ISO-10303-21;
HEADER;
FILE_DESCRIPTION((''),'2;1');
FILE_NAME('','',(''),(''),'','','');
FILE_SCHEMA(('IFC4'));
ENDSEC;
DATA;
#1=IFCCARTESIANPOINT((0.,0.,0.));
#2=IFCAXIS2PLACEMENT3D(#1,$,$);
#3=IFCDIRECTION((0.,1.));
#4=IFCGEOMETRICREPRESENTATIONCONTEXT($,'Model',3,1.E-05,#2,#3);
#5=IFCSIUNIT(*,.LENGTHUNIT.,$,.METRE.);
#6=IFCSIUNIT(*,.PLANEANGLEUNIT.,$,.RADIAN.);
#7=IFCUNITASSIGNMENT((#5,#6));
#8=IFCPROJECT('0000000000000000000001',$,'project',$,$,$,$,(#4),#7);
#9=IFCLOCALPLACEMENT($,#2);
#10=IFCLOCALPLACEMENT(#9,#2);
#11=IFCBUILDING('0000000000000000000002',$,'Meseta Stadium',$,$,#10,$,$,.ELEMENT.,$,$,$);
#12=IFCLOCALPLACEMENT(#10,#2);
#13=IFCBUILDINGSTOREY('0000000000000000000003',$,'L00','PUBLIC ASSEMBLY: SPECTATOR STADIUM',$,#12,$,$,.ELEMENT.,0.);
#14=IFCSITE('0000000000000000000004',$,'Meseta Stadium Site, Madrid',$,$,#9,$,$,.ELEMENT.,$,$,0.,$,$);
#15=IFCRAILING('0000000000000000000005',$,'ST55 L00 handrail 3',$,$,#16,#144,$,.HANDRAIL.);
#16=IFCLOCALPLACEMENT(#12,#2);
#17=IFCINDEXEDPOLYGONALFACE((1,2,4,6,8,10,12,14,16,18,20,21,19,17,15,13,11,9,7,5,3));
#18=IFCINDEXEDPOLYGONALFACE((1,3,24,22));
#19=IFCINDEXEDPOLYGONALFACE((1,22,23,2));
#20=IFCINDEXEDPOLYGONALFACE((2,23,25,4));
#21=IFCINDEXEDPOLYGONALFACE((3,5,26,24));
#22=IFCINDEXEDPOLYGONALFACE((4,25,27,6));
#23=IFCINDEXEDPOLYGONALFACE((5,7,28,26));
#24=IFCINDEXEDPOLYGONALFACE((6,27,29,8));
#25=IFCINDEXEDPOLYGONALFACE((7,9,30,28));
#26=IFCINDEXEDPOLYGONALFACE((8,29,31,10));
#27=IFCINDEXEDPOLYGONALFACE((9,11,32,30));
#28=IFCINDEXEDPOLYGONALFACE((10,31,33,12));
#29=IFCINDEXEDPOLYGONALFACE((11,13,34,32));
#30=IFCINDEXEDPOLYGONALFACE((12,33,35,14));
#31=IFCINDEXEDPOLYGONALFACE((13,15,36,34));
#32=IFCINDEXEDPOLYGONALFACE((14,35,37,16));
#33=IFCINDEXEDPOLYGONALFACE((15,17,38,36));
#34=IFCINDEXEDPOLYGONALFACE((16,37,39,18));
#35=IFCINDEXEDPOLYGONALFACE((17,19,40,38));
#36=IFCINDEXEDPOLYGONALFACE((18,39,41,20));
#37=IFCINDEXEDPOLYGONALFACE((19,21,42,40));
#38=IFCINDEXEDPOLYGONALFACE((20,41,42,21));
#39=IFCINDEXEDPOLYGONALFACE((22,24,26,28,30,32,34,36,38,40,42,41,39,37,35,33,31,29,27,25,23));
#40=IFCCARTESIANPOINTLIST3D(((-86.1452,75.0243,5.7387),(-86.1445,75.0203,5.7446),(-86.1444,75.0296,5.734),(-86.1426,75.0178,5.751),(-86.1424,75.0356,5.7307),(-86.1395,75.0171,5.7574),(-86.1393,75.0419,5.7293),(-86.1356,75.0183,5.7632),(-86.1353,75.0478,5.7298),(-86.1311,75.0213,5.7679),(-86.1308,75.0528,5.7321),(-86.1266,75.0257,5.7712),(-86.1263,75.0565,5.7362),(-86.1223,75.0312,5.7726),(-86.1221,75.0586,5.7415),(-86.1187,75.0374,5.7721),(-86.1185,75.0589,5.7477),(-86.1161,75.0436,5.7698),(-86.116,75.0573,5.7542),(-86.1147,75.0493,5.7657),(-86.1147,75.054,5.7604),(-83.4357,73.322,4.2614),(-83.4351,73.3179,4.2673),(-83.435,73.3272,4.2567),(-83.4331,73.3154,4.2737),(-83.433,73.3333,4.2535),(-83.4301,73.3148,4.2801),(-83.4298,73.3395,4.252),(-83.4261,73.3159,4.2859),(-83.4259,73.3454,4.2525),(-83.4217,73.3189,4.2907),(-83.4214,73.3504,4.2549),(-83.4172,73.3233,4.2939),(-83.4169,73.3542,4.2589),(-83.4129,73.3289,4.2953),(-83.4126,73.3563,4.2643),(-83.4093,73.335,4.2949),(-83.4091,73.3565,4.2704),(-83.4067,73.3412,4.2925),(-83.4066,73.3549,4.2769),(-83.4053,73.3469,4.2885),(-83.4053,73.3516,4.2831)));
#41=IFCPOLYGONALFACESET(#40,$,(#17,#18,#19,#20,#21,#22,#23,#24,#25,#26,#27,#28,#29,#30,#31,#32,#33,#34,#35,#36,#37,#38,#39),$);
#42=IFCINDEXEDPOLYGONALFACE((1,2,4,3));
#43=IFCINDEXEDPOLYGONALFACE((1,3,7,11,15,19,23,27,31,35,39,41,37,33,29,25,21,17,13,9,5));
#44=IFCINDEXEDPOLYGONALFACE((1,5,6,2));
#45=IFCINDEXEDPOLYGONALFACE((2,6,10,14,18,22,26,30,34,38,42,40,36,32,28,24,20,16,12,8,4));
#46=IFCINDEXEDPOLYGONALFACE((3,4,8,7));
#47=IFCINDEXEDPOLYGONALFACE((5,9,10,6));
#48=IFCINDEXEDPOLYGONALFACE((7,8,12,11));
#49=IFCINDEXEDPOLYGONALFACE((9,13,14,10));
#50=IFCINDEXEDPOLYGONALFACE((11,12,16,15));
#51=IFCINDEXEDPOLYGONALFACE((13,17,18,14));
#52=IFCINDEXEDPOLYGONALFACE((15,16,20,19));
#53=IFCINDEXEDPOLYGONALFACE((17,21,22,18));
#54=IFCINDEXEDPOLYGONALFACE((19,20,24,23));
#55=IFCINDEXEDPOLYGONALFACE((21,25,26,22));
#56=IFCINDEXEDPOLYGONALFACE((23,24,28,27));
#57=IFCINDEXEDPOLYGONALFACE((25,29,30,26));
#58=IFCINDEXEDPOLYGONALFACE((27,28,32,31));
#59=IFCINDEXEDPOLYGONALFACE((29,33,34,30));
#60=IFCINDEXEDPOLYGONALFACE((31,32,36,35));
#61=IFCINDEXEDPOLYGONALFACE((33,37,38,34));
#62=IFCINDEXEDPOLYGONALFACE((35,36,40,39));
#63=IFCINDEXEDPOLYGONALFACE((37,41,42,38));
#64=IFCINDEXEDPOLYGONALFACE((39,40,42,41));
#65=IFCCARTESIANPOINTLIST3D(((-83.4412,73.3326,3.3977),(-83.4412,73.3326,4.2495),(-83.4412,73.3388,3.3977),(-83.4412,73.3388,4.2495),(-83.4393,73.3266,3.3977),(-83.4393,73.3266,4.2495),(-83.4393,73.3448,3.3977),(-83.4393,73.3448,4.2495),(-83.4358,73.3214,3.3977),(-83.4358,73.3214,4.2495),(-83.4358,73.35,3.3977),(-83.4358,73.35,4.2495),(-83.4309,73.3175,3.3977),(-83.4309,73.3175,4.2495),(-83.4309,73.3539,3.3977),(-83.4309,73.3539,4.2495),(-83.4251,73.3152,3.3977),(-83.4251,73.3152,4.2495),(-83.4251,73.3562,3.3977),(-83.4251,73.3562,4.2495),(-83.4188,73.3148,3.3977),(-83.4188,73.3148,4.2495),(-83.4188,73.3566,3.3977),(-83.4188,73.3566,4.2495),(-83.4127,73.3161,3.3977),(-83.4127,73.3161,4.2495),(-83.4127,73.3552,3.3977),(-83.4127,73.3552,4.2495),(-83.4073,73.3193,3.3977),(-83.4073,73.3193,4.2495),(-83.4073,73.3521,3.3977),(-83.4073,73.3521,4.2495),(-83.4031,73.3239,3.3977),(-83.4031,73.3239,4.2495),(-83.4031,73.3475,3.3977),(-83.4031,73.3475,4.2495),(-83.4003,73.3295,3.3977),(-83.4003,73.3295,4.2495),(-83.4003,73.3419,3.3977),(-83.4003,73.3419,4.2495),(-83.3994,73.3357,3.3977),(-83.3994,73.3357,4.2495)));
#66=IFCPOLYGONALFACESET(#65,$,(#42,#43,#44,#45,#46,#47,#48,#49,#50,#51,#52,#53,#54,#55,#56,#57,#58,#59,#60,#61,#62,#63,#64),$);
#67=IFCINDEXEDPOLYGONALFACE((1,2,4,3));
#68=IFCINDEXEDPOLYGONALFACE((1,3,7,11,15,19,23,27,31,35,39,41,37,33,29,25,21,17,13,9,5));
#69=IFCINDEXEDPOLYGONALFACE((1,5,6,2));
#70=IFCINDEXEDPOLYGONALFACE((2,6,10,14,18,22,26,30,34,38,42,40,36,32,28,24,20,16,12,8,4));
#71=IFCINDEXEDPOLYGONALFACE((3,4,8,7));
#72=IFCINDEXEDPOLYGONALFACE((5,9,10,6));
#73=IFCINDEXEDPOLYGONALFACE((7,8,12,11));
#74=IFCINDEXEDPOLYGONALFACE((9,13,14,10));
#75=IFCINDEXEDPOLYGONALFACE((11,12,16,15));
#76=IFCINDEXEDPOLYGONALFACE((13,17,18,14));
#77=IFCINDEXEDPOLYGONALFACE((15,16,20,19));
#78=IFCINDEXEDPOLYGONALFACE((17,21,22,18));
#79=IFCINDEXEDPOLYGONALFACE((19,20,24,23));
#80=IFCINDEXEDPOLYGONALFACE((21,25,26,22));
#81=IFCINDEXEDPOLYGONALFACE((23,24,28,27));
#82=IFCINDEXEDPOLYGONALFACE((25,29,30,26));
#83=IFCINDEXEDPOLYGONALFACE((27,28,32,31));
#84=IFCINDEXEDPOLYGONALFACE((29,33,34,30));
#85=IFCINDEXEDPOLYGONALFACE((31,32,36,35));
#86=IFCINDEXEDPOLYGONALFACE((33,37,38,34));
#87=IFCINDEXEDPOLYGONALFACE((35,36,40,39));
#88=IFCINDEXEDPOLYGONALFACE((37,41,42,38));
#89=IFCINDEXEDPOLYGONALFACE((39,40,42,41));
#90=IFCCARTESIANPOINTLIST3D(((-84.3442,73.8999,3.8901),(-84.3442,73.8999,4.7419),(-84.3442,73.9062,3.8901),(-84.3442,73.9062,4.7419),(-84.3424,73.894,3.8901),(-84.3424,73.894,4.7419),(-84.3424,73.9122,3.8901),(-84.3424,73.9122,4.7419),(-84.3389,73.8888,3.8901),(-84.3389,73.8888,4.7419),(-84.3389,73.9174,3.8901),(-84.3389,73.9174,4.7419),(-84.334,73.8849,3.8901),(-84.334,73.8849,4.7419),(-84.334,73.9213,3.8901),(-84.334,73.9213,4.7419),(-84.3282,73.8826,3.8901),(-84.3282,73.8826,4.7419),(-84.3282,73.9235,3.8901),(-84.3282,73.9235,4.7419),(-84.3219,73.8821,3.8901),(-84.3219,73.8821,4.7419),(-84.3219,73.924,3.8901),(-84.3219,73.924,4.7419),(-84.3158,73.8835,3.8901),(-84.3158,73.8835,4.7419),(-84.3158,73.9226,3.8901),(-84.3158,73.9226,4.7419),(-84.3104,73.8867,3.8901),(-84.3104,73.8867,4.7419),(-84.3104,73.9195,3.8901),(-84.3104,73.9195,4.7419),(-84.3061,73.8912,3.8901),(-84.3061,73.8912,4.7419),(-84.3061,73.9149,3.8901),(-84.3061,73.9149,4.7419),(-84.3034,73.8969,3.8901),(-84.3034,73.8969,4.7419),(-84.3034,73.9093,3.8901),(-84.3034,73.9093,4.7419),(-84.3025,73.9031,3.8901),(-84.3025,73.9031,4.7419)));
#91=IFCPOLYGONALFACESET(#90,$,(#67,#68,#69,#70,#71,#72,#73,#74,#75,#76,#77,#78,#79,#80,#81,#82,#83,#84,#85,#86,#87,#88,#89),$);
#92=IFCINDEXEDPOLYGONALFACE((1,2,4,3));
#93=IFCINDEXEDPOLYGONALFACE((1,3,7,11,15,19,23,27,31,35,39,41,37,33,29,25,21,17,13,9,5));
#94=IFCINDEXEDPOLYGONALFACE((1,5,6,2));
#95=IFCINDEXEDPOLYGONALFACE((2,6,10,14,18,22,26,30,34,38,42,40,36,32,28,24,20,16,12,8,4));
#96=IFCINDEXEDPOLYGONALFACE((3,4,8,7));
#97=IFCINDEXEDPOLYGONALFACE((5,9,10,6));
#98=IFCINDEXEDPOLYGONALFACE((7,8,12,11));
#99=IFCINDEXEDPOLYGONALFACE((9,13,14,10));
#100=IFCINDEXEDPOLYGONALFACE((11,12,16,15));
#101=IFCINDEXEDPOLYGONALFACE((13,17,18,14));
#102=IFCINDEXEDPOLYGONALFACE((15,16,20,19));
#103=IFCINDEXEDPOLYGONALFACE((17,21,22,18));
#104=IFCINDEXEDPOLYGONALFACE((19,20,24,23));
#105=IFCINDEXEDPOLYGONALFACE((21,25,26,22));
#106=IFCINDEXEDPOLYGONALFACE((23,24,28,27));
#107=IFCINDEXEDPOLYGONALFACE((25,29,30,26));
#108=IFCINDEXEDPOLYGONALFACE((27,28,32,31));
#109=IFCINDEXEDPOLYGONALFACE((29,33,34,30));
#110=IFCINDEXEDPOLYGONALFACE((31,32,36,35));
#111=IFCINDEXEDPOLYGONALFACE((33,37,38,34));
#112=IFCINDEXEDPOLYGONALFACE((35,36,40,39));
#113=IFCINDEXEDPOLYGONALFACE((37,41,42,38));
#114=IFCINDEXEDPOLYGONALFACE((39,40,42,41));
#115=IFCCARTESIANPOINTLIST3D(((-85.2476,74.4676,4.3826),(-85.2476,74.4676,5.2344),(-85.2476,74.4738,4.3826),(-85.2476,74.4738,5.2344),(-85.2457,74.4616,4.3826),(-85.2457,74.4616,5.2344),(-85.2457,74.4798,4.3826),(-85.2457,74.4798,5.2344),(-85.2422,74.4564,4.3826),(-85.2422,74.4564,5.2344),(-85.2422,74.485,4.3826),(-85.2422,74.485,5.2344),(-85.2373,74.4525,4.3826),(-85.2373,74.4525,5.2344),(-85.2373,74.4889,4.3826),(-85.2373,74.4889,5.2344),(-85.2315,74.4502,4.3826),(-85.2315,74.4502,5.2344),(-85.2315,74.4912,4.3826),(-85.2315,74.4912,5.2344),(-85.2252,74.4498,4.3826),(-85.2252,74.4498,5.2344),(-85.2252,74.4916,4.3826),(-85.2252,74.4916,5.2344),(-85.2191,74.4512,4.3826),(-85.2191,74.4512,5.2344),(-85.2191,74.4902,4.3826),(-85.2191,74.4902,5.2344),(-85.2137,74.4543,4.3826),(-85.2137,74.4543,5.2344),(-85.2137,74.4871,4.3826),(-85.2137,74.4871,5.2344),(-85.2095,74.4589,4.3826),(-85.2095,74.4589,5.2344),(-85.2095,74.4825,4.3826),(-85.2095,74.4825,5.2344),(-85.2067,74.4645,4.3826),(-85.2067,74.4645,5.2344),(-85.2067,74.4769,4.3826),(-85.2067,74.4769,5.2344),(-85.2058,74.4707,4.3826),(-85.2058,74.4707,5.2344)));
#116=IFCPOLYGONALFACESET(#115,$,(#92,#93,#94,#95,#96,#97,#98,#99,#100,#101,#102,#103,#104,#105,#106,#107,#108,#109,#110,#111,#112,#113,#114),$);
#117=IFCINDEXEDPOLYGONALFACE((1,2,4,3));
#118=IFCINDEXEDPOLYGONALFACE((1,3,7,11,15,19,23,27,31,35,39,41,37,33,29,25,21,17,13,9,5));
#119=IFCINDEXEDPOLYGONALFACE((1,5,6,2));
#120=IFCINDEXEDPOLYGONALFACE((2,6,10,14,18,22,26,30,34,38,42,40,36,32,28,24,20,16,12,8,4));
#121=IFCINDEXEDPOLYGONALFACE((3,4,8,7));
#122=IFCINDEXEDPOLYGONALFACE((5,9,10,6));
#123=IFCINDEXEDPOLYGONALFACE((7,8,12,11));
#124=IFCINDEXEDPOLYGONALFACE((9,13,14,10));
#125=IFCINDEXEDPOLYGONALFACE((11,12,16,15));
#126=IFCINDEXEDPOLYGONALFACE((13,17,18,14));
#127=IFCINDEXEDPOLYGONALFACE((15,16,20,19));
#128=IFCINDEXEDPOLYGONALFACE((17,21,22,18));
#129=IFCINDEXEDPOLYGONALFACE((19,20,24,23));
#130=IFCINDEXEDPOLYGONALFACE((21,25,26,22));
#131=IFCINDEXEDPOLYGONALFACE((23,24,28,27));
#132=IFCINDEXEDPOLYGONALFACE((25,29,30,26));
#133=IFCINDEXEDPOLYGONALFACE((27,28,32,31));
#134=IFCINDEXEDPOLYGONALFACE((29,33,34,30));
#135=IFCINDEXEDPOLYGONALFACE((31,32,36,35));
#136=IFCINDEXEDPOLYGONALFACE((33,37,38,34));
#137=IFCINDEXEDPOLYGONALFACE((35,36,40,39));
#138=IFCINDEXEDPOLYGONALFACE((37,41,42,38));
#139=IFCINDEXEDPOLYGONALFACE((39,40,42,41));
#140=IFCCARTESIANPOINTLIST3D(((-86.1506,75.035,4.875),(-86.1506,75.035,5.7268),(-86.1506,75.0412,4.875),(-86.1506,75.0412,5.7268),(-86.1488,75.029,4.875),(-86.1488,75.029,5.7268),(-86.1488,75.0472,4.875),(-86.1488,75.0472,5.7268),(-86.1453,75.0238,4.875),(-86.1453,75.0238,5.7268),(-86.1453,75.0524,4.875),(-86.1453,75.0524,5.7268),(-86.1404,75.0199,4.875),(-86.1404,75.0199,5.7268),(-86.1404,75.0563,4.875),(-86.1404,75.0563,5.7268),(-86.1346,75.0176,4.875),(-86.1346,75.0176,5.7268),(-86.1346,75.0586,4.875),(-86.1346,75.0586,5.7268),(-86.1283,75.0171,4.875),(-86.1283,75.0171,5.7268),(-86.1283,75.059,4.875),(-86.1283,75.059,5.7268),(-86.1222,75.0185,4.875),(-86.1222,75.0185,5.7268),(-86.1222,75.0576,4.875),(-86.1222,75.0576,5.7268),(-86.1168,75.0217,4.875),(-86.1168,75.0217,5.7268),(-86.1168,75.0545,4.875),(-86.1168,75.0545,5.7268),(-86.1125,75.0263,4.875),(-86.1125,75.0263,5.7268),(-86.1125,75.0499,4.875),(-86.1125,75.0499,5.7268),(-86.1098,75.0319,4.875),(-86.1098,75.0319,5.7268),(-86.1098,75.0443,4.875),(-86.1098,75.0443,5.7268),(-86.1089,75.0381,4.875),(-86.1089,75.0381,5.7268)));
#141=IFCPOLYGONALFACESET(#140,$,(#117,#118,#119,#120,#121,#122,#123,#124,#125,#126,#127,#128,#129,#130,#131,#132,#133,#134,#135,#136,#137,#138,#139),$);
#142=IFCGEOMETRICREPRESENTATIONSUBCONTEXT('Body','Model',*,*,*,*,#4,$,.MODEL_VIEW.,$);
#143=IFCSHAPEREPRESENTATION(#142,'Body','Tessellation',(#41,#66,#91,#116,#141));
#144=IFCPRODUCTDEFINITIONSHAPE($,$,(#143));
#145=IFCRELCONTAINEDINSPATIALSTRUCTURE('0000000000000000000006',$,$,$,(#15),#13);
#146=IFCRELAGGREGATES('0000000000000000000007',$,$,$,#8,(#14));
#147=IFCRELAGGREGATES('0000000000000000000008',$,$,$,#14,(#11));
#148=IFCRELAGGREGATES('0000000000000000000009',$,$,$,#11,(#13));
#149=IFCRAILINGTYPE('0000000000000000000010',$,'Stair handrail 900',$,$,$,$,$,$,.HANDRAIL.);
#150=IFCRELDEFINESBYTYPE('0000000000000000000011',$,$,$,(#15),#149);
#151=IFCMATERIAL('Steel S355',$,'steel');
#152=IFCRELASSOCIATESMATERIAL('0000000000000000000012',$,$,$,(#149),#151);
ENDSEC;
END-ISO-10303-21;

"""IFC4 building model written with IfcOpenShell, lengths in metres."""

from ifc_helpers import new_model, si_unit, direction, frame, origin, origin_2d, place, context, subcontext, project, spatial, circle, extrude, material, type_object, element, save


model = new_model("IFC4")

# Units and contexts
model_context = context("Model", 3, precision=1e-05, world=origin(), true_north=direction((0.0, 1.0)))
body_context = subcontext(model_context, "Body", "Model", "MODEL_VIEW")
ifc_project = project(units=[si_unit("LENGTHUNIT", "METRE"), si_unit("PLANEANGLEUNIT", "RADIAN")], contexts=[model_context])

# Site, building, storey
site_placement = place(None, origin())
site = spatial("IfcSite", under=ifc_project, at=site_placement, Name="Meseta Stadium Site, Madrid", CompositionType="ELEMENT", RefElevation=0.0)
building_placement = place(site_placement, origin())
building = spatial("IfcBuilding", under=site, at=building_placement, Name="Meseta Stadium", CompositionType="ELEMENT")
storey_placement = place(building_placement, origin())
storey = spatial("IfcBuildingStorey", under=building, at=storey_placement, Name="L00", Description="PUBLIC ASSEMBLY: SPECTATOR STADIUM", CompositionType="ELEMENT", Elevation=0.0)

# Railing
ifc_material_1 = material(Name="Steel S355", Category="steel")
railing_type_1 = type_object("IfcRailingType", Name="Stair handrail 900", PredefinedType="HANDRAIL", material=ifc_material_1)
railing_1_placement = place(storey_placement, frame((-83.4204, 73.3357, 3.3977)))
element("IfcRailing", 1, at=railing_1_placement, inside=storey, type_object=railing_type_1, Name="ST55 L00 handrail 3", PredefinedType="HANDRAIL", context=body_context, shape_type="SweptSolid", body=[
    extrude(circle(Radius=0.0239, at=origin_2d()), frame((0.0, 0.0, 0.876), z_axis=(-0.768764, 0.483023, 0.419156), x_axis=(-0.532014, -0.846736, 0.0)), (0.0, 0.0, 1.0), 3.5244),
    extrude(circle(Radius=0.021, at=origin_2d()), origin(), (0.0, 0.0, 1.0), 0.8518),
    extrude(circle(Radius=0.021, at=origin_2d()), frame((-0.9031, 0.5674, 0.4924)), (0.0, 0.0, 1.0), 0.8518),
    extrude(circle(Radius=0.021, at=origin_2d()), frame((-1.8064, 1.135, 0.9849)), (0.0, 0.0, 1.0), 0.8518),
    extrude(circle(Radius=0.021, at=origin_2d()), frame((-2.7095, 1.7024, 1.4773)), (0.0, 0.0, 1.0), 0.8518),
])

save(model, "model.ifc")
